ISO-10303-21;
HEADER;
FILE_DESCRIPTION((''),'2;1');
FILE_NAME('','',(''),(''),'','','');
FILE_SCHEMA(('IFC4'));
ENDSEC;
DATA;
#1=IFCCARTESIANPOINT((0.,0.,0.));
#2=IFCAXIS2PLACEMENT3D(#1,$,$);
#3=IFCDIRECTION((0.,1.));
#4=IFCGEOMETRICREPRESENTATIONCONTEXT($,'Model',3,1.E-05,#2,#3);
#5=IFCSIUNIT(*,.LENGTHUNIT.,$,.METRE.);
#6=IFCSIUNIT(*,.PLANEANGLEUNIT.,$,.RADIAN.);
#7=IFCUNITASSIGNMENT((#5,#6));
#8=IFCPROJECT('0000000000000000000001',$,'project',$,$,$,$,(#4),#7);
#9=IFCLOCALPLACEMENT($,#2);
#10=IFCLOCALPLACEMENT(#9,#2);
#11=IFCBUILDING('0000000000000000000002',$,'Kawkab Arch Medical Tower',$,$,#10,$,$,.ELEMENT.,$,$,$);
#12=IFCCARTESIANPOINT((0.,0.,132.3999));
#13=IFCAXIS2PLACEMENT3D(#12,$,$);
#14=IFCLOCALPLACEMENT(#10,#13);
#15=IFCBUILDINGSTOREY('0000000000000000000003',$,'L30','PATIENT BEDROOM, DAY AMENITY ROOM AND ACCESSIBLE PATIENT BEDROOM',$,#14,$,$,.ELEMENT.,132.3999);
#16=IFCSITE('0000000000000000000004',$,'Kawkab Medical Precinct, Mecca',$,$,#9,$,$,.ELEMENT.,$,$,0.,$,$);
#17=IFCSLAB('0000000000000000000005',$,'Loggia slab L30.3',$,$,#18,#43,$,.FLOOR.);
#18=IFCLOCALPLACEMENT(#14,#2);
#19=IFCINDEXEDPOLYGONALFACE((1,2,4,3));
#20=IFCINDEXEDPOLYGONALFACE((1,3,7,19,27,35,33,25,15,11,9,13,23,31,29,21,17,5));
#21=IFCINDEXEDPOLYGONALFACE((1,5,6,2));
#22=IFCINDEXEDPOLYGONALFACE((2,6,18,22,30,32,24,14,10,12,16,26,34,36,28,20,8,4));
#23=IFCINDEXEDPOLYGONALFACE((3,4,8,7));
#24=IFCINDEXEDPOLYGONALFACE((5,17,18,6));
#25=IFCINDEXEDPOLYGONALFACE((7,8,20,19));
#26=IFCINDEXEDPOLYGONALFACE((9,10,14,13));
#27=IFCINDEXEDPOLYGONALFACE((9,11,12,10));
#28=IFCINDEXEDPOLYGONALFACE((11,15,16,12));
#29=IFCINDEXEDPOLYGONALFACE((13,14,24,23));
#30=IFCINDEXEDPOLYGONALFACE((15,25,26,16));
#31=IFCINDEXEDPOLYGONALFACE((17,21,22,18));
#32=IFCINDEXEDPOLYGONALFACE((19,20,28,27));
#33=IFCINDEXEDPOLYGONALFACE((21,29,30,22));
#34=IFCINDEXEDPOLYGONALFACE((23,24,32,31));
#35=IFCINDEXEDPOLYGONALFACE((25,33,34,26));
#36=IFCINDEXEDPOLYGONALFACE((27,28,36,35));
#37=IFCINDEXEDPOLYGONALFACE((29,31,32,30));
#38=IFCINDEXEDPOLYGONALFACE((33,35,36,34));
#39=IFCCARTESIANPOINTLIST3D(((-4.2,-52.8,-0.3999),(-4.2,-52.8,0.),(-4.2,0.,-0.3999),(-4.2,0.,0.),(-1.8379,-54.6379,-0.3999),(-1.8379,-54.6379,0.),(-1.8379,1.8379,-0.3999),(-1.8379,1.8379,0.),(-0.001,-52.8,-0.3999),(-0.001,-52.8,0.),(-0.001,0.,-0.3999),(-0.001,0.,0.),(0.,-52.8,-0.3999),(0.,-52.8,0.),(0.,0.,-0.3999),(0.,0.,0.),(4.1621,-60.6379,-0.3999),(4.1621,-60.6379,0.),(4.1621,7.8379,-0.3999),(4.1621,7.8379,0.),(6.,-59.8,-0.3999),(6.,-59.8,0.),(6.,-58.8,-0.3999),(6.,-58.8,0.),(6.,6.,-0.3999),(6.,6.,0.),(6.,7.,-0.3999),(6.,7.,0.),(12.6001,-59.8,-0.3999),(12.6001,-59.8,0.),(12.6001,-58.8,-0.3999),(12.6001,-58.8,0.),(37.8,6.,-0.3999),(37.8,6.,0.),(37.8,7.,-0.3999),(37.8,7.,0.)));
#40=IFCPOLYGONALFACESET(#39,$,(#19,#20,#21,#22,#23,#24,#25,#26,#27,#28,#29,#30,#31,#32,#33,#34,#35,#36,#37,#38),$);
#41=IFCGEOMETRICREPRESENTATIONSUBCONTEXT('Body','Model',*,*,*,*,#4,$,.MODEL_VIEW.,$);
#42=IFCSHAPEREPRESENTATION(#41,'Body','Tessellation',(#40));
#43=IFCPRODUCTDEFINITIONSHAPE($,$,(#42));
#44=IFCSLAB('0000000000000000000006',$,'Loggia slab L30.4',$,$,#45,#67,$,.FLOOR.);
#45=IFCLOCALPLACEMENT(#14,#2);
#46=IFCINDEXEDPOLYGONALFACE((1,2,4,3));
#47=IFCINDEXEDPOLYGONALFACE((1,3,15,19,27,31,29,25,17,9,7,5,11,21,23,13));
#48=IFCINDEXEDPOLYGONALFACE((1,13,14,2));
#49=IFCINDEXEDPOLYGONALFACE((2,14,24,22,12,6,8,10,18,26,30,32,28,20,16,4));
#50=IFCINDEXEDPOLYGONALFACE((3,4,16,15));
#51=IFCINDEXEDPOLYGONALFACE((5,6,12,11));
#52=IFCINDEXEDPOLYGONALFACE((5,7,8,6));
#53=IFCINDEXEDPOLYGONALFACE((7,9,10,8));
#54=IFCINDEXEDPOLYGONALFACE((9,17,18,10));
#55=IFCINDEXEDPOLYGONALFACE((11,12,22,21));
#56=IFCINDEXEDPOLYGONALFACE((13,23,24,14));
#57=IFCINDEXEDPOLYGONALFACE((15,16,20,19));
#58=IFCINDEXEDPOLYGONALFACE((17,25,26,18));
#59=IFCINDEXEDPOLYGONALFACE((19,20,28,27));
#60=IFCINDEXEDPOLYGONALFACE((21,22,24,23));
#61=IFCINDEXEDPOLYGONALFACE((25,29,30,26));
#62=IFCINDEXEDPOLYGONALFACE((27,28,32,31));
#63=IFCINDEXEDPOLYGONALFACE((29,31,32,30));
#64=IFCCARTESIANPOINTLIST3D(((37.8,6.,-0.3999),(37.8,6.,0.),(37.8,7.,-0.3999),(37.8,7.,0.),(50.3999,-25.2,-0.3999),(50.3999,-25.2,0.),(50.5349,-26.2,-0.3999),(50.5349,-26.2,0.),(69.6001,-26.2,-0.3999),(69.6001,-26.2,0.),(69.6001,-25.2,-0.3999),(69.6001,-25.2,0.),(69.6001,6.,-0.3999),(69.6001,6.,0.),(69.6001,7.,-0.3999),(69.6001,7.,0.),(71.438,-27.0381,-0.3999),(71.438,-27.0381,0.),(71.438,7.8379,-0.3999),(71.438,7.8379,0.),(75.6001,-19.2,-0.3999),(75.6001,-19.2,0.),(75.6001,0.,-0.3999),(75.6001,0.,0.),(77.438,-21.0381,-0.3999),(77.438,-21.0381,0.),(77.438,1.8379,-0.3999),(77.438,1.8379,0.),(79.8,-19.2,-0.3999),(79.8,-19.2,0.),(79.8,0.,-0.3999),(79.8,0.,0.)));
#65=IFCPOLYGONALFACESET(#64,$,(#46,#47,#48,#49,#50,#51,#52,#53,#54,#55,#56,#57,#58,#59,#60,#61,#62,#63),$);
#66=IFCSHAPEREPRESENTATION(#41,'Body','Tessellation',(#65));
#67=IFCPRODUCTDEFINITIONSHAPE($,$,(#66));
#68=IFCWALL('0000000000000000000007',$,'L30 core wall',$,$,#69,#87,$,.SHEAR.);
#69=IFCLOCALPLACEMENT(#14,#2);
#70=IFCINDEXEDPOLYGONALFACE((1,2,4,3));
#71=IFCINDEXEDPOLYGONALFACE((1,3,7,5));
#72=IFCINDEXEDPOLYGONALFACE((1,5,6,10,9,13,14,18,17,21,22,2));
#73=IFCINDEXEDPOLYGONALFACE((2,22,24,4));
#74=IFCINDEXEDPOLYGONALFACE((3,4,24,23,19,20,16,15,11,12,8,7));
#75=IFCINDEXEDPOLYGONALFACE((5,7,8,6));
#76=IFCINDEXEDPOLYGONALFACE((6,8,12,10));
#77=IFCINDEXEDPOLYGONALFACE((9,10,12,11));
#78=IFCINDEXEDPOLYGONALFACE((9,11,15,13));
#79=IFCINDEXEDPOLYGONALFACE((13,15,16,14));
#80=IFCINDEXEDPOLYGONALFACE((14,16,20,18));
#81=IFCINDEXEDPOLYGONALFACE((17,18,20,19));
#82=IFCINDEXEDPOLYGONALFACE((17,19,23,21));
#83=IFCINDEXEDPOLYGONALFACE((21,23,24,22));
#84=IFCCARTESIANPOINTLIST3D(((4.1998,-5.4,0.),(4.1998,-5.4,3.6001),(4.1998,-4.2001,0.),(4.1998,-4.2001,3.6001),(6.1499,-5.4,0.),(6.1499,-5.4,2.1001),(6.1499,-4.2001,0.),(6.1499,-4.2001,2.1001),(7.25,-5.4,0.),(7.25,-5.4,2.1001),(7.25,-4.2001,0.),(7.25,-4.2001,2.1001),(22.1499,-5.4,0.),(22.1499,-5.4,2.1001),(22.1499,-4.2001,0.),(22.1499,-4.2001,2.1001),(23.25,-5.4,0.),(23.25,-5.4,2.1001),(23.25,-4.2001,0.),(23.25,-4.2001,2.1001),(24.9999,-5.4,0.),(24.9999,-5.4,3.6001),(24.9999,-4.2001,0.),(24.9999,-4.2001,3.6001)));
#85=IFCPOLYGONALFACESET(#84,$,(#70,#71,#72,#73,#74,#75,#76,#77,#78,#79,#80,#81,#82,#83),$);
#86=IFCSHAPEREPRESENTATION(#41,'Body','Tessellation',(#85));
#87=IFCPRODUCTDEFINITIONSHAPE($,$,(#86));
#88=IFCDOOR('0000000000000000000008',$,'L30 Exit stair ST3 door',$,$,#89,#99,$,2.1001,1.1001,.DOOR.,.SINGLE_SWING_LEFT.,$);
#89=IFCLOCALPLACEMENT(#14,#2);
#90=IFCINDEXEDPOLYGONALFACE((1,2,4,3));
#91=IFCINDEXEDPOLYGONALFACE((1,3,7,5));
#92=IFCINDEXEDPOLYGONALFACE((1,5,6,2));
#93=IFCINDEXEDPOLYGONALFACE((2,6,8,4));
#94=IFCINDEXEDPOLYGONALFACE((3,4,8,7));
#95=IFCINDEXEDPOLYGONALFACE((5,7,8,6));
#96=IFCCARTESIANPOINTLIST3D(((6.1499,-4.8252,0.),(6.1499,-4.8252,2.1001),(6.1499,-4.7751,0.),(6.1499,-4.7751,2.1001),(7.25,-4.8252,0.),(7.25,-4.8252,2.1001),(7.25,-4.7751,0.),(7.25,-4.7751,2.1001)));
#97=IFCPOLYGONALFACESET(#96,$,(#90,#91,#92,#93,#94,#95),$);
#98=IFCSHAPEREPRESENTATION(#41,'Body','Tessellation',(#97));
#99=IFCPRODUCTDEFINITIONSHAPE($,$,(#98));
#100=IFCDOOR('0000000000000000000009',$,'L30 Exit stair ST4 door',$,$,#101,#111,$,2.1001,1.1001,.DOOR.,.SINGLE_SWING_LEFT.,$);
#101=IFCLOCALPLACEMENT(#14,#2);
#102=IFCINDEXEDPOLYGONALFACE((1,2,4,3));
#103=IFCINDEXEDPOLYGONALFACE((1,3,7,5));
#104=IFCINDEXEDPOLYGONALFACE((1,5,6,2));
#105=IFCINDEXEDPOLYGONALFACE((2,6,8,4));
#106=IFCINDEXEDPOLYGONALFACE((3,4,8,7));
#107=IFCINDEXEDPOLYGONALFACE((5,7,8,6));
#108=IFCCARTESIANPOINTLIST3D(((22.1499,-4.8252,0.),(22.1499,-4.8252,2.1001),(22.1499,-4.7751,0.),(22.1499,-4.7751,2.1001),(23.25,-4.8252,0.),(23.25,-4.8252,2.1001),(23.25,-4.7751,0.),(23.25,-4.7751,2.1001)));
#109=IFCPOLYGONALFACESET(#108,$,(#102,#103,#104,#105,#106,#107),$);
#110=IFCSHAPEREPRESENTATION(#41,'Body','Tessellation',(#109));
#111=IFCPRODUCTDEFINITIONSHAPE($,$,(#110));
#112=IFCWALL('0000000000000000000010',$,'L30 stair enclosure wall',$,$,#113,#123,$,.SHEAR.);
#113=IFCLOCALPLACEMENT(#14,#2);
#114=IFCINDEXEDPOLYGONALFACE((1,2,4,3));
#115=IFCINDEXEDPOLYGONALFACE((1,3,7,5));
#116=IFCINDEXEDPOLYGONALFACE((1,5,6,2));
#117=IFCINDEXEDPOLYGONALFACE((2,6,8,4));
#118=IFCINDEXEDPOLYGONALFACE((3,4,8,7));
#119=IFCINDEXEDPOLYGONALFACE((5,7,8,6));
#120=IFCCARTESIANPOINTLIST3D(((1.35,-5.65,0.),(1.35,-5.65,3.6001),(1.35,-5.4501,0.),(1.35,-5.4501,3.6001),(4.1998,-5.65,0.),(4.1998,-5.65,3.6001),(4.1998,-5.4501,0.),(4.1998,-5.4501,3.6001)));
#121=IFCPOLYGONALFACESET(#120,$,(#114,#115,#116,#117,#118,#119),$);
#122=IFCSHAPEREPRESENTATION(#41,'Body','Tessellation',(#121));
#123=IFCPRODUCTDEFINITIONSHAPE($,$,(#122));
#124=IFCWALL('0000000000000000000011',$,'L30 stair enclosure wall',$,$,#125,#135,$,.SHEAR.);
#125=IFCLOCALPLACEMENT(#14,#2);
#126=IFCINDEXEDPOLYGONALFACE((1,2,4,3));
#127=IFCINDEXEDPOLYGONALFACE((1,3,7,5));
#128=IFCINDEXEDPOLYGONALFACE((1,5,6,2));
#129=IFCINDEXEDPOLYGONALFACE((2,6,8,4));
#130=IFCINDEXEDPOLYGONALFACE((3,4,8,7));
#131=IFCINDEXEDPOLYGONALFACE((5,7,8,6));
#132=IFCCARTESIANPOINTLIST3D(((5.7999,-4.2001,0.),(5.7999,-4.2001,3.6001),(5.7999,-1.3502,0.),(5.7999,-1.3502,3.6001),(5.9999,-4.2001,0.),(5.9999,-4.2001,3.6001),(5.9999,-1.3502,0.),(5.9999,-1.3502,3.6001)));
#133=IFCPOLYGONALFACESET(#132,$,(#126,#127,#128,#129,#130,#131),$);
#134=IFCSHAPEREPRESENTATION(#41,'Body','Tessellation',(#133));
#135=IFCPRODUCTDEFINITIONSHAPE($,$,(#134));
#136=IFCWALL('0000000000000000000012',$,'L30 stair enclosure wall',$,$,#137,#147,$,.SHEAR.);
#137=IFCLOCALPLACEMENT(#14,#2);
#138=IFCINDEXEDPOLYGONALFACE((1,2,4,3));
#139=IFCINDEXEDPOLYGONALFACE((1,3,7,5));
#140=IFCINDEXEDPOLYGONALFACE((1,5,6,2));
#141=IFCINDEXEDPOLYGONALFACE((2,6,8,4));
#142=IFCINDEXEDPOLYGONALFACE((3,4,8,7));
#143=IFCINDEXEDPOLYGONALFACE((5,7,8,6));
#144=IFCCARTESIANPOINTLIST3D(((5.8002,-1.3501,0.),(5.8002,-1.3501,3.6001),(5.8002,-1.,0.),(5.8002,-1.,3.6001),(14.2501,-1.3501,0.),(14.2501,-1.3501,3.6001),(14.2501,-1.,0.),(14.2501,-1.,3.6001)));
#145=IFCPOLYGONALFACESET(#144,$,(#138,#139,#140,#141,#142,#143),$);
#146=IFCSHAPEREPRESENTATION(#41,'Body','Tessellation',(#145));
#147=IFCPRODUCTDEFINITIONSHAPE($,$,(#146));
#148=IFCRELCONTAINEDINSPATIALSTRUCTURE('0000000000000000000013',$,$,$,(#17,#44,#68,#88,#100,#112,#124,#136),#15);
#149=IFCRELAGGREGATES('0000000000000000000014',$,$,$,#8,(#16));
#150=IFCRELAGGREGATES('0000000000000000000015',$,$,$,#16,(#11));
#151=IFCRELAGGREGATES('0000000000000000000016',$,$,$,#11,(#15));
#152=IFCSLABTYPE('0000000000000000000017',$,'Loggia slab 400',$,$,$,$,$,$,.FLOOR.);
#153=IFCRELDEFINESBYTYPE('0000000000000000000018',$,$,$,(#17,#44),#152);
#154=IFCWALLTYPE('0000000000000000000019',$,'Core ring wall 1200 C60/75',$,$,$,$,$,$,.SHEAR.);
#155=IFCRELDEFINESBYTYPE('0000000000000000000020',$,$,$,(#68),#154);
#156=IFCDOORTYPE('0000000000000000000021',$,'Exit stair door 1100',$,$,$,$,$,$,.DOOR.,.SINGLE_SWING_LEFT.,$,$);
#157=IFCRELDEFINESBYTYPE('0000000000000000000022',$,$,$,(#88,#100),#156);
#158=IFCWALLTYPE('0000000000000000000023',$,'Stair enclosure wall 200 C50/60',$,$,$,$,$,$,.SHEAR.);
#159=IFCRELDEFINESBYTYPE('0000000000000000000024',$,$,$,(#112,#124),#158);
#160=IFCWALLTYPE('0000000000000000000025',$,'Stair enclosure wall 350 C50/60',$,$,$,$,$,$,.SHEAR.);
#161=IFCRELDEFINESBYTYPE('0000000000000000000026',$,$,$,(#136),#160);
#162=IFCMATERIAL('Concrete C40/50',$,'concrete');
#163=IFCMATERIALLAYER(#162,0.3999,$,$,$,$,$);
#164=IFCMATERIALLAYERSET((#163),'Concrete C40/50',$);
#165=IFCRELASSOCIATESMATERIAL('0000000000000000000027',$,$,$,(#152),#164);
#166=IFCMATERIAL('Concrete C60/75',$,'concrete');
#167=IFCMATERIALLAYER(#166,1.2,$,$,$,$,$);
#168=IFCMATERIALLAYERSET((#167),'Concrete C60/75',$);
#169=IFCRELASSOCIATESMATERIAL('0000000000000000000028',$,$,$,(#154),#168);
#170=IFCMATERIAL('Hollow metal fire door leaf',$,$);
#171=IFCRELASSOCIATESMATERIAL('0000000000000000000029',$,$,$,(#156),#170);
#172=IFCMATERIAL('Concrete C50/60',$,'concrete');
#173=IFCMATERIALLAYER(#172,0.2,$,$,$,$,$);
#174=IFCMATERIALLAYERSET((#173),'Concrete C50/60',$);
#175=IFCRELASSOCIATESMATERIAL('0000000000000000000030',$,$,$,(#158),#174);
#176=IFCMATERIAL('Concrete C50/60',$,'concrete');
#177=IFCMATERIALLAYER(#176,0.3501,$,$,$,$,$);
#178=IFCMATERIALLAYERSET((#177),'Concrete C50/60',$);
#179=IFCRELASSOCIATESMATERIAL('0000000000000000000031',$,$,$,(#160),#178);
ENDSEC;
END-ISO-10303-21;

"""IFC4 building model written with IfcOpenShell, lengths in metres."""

from ifc_helpers import new_model, si_unit, direction, frame, frame_2d, origin, place, context, subcontext, project, spatial, polyline, rectangle, outline, extrude, material, layer, layer_set, type_object, element, fill, save


model = new_model("IFC4")

# Units and contexts
model_context = context("Model", 3, precision=1e-05, world=origin(), true_north=direction((0.0, 1.0)))
body_context = subcontext(model_context, "Body", "Model", "MODEL_VIEW")
ifc_project = project(units=[si_unit("LENGTHUNIT", "METRE"), si_unit("PLANEANGLEUNIT", "RADIAN")], contexts=[model_context])

# Site, building, storey
site_placement = place(None, origin())
site = spatial("IfcSite", under=ifc_project, at=site_placement, Name="Kawkab Medical Precinct, Mecca", CompositionType="ELEMENT", RefElevation=0.0)
building_placement = place(site_placement, origin())
building = spatial("IfcBuilding", under=site, at=building_placement, Name="Kawkab Arch Medical Tower", CompositionType="ELEMENT")
storey_placement = place(building_placement, frame((0.0, 0.0, 132.3999)))
storey = spatial("IfcBuildingStorey", under=building, at=storey_placement, Name="L30", Description="PATIENT BEDROOM, DAY AMENITY ROOM AND ACCESSIBLE PATIENT BEDROOM", CompositionType="ELEMENT", Elevation=132.3999)

# Slabs
ifc_material_1 = material(Name="Concrete C40/50", Category="concrete")
ifc_layer_1 = layer(ifc_material_1, 0.3999)
ifc_layer_set_1 = layer_set([ifc_layer_1], Name="Concrete C40/50")
slab_type_1 = type_object("IfcSlabType", Name="Loggia slab 400", PredefinedType="FLOOR", material=ifc_layer_set_1)
placement_1 = place(storey_placement, frame((0.0, 0.0, -0.3999)))
element("IfcSlab", 1, at=placement_1, inside=storey, type_object=slab_type_1, Name="Loggia slab L30.3", PredefinedType="FLOOR", context=body_context, shape_type="SweptSolid", body=[
    extrude(outline(polyline([(-4.2, 0.0), (-1.8379, 1.8379), (4.1621, 7.8379), (6.0, 7.0), (37.8, 7.0), (37.8, 6.0), (6.0, 6.0), (0.0, 0.0), (-0.001, 0.0), (-0.001, -52.8), (0.0, -52.8), (6.0, -58.8), (12.6001, -58.8), (12.6001, -59.8), (6.0, -59.8), (4.1621, -60.6379), (-1.8379, -54.6379), (-4.2, -52.8), (-4.2, 0.0)])), origin(), (0.0, 0.0, 1.0), 0.3999),
])
element("IfcSlab", 2, at=placement_1, inside=storey, type_object=slab_type_1, Name="Loggia slab L30.4", PredefinedType="FLOOR", context=body_context, shape_type="SweptSolid", body=[
    extrude(outline(polyline([(37.8, 7.0), (69.6001, 7.0), (71.438, 7.8379), (77.438, 1.8379), (79.8, 0.0), (79.8, -19.2), (77.438, -21.0381), (71.438, -27.0381), (69.6001, -26.2), (50.5349, -26.2), (50.3999, -25.2), (69.6001, -25.2), (75.6001, -19.2), (75.6001, 0.0), (69.6001, 6.0), (37.8, 6.0), (37.8, 7.0)])), origin(), (0.0, 0.0, 1.0), 0.3999),
])

# Wall, openings, doors
ifc_material_2 = material(Name="Concrete C60/75", Category="concrete")
ifc_layer_2 = layer(ifc_material_2, 1.2)
ifc_layer_set_2 = layer_set([ifc_layer_2], Name="Concrete C60/75")
wall_type_1 = type_object("IfcWallType", Name="Core ring wall 1200 C60/75", PredefinedType="SHEAR", material=ifc_layer_set_2)
wall_1_placement = place(storey_placement, frame((4.2, -4.8, 0.0), z_axis=(0.0, 0.0, 1.0), x_axis=(1.0, 0.0, 0.0)))
wall_1 = element("IfcWall", 3, at=wall_1_placement, inside=storey, type_object=wall_type_1, Name="L30 core wall", PredefinedType="SHEAR", context=body_context, shape_type="SweptSolid", body=[
    extrude(rectangle(XDim=20.8, YDim=1.2, at=frame_2d((10.3999, 0.0))), origin(), (0.0, 0.0, 1.0), 3.6001),
])
opening_1_placement = place(wall_1_placement, frame((1.95, 0.0, 0.0)))
opening_1 = element("IfcOpeningElement", 4, at=opening_1_placement, cuts=wall_1, PredefinedType="OPENING", context=body_context, shape_type="SweptSolid", body=[
    extrude(rectangle(XDim=1.1001, YDim=2.1001, at=frame_2d((0.55, 1.05))), frame((0.0, 0.6099, 0.0), z_axis=(0.0, -1.0, 0.0), x_axis=(1.0, 0.0, 0.0)), (0.0, 0.0, 1.0), 1.22),
])
opening_2_placement = place(wall_1_placement, frame((17.95, 0.0, 0.0)))
opening_2 = element("IfcOpeningElement", 5, at=opening_2_placement, cuts=wall_1, PredefinedType="OPENING", context=body_context, shape_type="SweptSolid", body=[
    extrude(rectangle(XDim=1.1001, YDim=2.1001, at=frame_2d((0.55, 1.05))), frame((0.0, 0.6099, 0.0), z_axis=(0.0, -1.0, 0.0), x_axis=(1.0, 0.0, 0.0)), (0.0, 0.0, 1.0), 1.22),
])
ifc_material_3 = material(Name="Hollow metal fire door leaf")
door_type = type_object("IfcDoorType", Name="Exit stair door 1100", OperationType="SINGLE_SWING_LEFT", PredefinedType="DOOR", material=ifc_material_3)
door_1_placement = place(opening_1_placement, origin())
door_1 = element("IfcDoor", 6, at=door_1_placement, inside=storey, type_object=door_type, Name="L30 Exit stair ST3 door", OperationType="SINGLE_SWING_LEFT", OverallHeight=2.1001, OverallWidth=1.1001, PredefinedType="DOOR", context=body_context, shape_type="SweptSolid", body=[
    extrude(rectangle(XDim=1.1001, YDim=2.1001, at=frame_2d((0.55, 1.05))), frame((0.0, 0.0249, 0.0), z_axis=(0.0, -1.0, 0.0), x_axis=(1.0, 0.0, 0.0)), (0.0, 0.0, 1.0), 0.05),
])
fill(opening_1, door_1)
door_2_placement = place(opening_2_placement, origin())
door_2 = element("IfcDoor", 7, at=door_2_placement, inside=storey, type_object=door_type, Name="L30 Exit stair ST4 door", OperationType="SINGLE_SWING_LEFT", OverallHeight=2.1001, OverallWidth=1.1001, PredefinedType="DOOR", context=body_context, shape_type="SweptSolid", body=[
    extrude(rectangle(XDim=1.1001, YDim=2.1001, at=frame_2d((0.55, 1.05))), frame((0.0, 0.0249, 0.0), z_axis=(0.0, -1.0, 0.0), x_axis=(1.0, 0.0, 0.0)), (0.0, 0.0, 1.0), 0.05),
])
fill(opening_2, door_2)

# Walls
ifc_material_4 = material(Name="Concrete C50/60", Category="concrete")
ifc_layer_3 = layer(ifc_material_4, 0.2)
ifc_layer_set_3 = layer_set([ifc_layer_3], Name="Concrete C50/60")
wall_type_2 = type_object("IfcWallType", Name="Stair enclosure wall 200 C50/60", PredefinedType="SHEAR", material=ifc_layer_set_3)
for number, where, z_axis, x_axis, name in (
    (8, (1.3501, -5.55, 0.0), (0.0, 0.0, 1.0), (1.0, 0.0, 0.0), "L30 stair enclosure wall"),
    (9, (5.8999, -4.2, 0.0), (0.0, 0.0, 1.0), (0.0, 1.0, 0.0), "L30 stair enclosure wall"),
):
    element("IfcWall", number, at=place(storey_placement, frame(where, z_axis=z_axis, x_axis=x_axis)), inside=storey, type_object=wall_type_2, Name=name, PredefinedType="SHEAR", context=body_context, shape_type="SweptSolid", body=[
        extrude(rectangle(XDim=2.8499, YDim=0.2, at=frame_2d((1.4248, 0.0))), origin(), (0.0, 0.0, 1.0), 3.6001),
    ])
ifc_material_5 = material(Name="Concrete C50/60", Category="concrete")
ifc_layer_4 = layer(ifc_material_5, 0.3501)
ifc_layer_set_4 = layer_set([ifc_layer_4], Name="Concrete C50/60")
wall_type_3 = type_object("IfcWallType", Name="Stair enclosure wall 350 C50/60", PredefinedType="SHEAR", material=ifc_layer_set_4)
wall_2_placement = place(storey_placement, frame((5.8, -1.175, 0.0), z_axis=(0.0, 0.0, 1.0), x_axis=(1.0, 0.0, 0.0)))
element("IfcWall", 10, at=wall_2_placement, inside=storey, type_object=wall_type_3, Name="L30 stair enclosure wall", PredefinedType="SHEAR", context=body_context, shape_type="SweptSolid", body=[
    extrude(rectangle(XDim=8.45, YDim=0.3501, at=frame_2d((4.2251, 0.0))), origin(), (0.0, 0.0, 1.0), 3.6001),
])

save(model, "model.ifc")
